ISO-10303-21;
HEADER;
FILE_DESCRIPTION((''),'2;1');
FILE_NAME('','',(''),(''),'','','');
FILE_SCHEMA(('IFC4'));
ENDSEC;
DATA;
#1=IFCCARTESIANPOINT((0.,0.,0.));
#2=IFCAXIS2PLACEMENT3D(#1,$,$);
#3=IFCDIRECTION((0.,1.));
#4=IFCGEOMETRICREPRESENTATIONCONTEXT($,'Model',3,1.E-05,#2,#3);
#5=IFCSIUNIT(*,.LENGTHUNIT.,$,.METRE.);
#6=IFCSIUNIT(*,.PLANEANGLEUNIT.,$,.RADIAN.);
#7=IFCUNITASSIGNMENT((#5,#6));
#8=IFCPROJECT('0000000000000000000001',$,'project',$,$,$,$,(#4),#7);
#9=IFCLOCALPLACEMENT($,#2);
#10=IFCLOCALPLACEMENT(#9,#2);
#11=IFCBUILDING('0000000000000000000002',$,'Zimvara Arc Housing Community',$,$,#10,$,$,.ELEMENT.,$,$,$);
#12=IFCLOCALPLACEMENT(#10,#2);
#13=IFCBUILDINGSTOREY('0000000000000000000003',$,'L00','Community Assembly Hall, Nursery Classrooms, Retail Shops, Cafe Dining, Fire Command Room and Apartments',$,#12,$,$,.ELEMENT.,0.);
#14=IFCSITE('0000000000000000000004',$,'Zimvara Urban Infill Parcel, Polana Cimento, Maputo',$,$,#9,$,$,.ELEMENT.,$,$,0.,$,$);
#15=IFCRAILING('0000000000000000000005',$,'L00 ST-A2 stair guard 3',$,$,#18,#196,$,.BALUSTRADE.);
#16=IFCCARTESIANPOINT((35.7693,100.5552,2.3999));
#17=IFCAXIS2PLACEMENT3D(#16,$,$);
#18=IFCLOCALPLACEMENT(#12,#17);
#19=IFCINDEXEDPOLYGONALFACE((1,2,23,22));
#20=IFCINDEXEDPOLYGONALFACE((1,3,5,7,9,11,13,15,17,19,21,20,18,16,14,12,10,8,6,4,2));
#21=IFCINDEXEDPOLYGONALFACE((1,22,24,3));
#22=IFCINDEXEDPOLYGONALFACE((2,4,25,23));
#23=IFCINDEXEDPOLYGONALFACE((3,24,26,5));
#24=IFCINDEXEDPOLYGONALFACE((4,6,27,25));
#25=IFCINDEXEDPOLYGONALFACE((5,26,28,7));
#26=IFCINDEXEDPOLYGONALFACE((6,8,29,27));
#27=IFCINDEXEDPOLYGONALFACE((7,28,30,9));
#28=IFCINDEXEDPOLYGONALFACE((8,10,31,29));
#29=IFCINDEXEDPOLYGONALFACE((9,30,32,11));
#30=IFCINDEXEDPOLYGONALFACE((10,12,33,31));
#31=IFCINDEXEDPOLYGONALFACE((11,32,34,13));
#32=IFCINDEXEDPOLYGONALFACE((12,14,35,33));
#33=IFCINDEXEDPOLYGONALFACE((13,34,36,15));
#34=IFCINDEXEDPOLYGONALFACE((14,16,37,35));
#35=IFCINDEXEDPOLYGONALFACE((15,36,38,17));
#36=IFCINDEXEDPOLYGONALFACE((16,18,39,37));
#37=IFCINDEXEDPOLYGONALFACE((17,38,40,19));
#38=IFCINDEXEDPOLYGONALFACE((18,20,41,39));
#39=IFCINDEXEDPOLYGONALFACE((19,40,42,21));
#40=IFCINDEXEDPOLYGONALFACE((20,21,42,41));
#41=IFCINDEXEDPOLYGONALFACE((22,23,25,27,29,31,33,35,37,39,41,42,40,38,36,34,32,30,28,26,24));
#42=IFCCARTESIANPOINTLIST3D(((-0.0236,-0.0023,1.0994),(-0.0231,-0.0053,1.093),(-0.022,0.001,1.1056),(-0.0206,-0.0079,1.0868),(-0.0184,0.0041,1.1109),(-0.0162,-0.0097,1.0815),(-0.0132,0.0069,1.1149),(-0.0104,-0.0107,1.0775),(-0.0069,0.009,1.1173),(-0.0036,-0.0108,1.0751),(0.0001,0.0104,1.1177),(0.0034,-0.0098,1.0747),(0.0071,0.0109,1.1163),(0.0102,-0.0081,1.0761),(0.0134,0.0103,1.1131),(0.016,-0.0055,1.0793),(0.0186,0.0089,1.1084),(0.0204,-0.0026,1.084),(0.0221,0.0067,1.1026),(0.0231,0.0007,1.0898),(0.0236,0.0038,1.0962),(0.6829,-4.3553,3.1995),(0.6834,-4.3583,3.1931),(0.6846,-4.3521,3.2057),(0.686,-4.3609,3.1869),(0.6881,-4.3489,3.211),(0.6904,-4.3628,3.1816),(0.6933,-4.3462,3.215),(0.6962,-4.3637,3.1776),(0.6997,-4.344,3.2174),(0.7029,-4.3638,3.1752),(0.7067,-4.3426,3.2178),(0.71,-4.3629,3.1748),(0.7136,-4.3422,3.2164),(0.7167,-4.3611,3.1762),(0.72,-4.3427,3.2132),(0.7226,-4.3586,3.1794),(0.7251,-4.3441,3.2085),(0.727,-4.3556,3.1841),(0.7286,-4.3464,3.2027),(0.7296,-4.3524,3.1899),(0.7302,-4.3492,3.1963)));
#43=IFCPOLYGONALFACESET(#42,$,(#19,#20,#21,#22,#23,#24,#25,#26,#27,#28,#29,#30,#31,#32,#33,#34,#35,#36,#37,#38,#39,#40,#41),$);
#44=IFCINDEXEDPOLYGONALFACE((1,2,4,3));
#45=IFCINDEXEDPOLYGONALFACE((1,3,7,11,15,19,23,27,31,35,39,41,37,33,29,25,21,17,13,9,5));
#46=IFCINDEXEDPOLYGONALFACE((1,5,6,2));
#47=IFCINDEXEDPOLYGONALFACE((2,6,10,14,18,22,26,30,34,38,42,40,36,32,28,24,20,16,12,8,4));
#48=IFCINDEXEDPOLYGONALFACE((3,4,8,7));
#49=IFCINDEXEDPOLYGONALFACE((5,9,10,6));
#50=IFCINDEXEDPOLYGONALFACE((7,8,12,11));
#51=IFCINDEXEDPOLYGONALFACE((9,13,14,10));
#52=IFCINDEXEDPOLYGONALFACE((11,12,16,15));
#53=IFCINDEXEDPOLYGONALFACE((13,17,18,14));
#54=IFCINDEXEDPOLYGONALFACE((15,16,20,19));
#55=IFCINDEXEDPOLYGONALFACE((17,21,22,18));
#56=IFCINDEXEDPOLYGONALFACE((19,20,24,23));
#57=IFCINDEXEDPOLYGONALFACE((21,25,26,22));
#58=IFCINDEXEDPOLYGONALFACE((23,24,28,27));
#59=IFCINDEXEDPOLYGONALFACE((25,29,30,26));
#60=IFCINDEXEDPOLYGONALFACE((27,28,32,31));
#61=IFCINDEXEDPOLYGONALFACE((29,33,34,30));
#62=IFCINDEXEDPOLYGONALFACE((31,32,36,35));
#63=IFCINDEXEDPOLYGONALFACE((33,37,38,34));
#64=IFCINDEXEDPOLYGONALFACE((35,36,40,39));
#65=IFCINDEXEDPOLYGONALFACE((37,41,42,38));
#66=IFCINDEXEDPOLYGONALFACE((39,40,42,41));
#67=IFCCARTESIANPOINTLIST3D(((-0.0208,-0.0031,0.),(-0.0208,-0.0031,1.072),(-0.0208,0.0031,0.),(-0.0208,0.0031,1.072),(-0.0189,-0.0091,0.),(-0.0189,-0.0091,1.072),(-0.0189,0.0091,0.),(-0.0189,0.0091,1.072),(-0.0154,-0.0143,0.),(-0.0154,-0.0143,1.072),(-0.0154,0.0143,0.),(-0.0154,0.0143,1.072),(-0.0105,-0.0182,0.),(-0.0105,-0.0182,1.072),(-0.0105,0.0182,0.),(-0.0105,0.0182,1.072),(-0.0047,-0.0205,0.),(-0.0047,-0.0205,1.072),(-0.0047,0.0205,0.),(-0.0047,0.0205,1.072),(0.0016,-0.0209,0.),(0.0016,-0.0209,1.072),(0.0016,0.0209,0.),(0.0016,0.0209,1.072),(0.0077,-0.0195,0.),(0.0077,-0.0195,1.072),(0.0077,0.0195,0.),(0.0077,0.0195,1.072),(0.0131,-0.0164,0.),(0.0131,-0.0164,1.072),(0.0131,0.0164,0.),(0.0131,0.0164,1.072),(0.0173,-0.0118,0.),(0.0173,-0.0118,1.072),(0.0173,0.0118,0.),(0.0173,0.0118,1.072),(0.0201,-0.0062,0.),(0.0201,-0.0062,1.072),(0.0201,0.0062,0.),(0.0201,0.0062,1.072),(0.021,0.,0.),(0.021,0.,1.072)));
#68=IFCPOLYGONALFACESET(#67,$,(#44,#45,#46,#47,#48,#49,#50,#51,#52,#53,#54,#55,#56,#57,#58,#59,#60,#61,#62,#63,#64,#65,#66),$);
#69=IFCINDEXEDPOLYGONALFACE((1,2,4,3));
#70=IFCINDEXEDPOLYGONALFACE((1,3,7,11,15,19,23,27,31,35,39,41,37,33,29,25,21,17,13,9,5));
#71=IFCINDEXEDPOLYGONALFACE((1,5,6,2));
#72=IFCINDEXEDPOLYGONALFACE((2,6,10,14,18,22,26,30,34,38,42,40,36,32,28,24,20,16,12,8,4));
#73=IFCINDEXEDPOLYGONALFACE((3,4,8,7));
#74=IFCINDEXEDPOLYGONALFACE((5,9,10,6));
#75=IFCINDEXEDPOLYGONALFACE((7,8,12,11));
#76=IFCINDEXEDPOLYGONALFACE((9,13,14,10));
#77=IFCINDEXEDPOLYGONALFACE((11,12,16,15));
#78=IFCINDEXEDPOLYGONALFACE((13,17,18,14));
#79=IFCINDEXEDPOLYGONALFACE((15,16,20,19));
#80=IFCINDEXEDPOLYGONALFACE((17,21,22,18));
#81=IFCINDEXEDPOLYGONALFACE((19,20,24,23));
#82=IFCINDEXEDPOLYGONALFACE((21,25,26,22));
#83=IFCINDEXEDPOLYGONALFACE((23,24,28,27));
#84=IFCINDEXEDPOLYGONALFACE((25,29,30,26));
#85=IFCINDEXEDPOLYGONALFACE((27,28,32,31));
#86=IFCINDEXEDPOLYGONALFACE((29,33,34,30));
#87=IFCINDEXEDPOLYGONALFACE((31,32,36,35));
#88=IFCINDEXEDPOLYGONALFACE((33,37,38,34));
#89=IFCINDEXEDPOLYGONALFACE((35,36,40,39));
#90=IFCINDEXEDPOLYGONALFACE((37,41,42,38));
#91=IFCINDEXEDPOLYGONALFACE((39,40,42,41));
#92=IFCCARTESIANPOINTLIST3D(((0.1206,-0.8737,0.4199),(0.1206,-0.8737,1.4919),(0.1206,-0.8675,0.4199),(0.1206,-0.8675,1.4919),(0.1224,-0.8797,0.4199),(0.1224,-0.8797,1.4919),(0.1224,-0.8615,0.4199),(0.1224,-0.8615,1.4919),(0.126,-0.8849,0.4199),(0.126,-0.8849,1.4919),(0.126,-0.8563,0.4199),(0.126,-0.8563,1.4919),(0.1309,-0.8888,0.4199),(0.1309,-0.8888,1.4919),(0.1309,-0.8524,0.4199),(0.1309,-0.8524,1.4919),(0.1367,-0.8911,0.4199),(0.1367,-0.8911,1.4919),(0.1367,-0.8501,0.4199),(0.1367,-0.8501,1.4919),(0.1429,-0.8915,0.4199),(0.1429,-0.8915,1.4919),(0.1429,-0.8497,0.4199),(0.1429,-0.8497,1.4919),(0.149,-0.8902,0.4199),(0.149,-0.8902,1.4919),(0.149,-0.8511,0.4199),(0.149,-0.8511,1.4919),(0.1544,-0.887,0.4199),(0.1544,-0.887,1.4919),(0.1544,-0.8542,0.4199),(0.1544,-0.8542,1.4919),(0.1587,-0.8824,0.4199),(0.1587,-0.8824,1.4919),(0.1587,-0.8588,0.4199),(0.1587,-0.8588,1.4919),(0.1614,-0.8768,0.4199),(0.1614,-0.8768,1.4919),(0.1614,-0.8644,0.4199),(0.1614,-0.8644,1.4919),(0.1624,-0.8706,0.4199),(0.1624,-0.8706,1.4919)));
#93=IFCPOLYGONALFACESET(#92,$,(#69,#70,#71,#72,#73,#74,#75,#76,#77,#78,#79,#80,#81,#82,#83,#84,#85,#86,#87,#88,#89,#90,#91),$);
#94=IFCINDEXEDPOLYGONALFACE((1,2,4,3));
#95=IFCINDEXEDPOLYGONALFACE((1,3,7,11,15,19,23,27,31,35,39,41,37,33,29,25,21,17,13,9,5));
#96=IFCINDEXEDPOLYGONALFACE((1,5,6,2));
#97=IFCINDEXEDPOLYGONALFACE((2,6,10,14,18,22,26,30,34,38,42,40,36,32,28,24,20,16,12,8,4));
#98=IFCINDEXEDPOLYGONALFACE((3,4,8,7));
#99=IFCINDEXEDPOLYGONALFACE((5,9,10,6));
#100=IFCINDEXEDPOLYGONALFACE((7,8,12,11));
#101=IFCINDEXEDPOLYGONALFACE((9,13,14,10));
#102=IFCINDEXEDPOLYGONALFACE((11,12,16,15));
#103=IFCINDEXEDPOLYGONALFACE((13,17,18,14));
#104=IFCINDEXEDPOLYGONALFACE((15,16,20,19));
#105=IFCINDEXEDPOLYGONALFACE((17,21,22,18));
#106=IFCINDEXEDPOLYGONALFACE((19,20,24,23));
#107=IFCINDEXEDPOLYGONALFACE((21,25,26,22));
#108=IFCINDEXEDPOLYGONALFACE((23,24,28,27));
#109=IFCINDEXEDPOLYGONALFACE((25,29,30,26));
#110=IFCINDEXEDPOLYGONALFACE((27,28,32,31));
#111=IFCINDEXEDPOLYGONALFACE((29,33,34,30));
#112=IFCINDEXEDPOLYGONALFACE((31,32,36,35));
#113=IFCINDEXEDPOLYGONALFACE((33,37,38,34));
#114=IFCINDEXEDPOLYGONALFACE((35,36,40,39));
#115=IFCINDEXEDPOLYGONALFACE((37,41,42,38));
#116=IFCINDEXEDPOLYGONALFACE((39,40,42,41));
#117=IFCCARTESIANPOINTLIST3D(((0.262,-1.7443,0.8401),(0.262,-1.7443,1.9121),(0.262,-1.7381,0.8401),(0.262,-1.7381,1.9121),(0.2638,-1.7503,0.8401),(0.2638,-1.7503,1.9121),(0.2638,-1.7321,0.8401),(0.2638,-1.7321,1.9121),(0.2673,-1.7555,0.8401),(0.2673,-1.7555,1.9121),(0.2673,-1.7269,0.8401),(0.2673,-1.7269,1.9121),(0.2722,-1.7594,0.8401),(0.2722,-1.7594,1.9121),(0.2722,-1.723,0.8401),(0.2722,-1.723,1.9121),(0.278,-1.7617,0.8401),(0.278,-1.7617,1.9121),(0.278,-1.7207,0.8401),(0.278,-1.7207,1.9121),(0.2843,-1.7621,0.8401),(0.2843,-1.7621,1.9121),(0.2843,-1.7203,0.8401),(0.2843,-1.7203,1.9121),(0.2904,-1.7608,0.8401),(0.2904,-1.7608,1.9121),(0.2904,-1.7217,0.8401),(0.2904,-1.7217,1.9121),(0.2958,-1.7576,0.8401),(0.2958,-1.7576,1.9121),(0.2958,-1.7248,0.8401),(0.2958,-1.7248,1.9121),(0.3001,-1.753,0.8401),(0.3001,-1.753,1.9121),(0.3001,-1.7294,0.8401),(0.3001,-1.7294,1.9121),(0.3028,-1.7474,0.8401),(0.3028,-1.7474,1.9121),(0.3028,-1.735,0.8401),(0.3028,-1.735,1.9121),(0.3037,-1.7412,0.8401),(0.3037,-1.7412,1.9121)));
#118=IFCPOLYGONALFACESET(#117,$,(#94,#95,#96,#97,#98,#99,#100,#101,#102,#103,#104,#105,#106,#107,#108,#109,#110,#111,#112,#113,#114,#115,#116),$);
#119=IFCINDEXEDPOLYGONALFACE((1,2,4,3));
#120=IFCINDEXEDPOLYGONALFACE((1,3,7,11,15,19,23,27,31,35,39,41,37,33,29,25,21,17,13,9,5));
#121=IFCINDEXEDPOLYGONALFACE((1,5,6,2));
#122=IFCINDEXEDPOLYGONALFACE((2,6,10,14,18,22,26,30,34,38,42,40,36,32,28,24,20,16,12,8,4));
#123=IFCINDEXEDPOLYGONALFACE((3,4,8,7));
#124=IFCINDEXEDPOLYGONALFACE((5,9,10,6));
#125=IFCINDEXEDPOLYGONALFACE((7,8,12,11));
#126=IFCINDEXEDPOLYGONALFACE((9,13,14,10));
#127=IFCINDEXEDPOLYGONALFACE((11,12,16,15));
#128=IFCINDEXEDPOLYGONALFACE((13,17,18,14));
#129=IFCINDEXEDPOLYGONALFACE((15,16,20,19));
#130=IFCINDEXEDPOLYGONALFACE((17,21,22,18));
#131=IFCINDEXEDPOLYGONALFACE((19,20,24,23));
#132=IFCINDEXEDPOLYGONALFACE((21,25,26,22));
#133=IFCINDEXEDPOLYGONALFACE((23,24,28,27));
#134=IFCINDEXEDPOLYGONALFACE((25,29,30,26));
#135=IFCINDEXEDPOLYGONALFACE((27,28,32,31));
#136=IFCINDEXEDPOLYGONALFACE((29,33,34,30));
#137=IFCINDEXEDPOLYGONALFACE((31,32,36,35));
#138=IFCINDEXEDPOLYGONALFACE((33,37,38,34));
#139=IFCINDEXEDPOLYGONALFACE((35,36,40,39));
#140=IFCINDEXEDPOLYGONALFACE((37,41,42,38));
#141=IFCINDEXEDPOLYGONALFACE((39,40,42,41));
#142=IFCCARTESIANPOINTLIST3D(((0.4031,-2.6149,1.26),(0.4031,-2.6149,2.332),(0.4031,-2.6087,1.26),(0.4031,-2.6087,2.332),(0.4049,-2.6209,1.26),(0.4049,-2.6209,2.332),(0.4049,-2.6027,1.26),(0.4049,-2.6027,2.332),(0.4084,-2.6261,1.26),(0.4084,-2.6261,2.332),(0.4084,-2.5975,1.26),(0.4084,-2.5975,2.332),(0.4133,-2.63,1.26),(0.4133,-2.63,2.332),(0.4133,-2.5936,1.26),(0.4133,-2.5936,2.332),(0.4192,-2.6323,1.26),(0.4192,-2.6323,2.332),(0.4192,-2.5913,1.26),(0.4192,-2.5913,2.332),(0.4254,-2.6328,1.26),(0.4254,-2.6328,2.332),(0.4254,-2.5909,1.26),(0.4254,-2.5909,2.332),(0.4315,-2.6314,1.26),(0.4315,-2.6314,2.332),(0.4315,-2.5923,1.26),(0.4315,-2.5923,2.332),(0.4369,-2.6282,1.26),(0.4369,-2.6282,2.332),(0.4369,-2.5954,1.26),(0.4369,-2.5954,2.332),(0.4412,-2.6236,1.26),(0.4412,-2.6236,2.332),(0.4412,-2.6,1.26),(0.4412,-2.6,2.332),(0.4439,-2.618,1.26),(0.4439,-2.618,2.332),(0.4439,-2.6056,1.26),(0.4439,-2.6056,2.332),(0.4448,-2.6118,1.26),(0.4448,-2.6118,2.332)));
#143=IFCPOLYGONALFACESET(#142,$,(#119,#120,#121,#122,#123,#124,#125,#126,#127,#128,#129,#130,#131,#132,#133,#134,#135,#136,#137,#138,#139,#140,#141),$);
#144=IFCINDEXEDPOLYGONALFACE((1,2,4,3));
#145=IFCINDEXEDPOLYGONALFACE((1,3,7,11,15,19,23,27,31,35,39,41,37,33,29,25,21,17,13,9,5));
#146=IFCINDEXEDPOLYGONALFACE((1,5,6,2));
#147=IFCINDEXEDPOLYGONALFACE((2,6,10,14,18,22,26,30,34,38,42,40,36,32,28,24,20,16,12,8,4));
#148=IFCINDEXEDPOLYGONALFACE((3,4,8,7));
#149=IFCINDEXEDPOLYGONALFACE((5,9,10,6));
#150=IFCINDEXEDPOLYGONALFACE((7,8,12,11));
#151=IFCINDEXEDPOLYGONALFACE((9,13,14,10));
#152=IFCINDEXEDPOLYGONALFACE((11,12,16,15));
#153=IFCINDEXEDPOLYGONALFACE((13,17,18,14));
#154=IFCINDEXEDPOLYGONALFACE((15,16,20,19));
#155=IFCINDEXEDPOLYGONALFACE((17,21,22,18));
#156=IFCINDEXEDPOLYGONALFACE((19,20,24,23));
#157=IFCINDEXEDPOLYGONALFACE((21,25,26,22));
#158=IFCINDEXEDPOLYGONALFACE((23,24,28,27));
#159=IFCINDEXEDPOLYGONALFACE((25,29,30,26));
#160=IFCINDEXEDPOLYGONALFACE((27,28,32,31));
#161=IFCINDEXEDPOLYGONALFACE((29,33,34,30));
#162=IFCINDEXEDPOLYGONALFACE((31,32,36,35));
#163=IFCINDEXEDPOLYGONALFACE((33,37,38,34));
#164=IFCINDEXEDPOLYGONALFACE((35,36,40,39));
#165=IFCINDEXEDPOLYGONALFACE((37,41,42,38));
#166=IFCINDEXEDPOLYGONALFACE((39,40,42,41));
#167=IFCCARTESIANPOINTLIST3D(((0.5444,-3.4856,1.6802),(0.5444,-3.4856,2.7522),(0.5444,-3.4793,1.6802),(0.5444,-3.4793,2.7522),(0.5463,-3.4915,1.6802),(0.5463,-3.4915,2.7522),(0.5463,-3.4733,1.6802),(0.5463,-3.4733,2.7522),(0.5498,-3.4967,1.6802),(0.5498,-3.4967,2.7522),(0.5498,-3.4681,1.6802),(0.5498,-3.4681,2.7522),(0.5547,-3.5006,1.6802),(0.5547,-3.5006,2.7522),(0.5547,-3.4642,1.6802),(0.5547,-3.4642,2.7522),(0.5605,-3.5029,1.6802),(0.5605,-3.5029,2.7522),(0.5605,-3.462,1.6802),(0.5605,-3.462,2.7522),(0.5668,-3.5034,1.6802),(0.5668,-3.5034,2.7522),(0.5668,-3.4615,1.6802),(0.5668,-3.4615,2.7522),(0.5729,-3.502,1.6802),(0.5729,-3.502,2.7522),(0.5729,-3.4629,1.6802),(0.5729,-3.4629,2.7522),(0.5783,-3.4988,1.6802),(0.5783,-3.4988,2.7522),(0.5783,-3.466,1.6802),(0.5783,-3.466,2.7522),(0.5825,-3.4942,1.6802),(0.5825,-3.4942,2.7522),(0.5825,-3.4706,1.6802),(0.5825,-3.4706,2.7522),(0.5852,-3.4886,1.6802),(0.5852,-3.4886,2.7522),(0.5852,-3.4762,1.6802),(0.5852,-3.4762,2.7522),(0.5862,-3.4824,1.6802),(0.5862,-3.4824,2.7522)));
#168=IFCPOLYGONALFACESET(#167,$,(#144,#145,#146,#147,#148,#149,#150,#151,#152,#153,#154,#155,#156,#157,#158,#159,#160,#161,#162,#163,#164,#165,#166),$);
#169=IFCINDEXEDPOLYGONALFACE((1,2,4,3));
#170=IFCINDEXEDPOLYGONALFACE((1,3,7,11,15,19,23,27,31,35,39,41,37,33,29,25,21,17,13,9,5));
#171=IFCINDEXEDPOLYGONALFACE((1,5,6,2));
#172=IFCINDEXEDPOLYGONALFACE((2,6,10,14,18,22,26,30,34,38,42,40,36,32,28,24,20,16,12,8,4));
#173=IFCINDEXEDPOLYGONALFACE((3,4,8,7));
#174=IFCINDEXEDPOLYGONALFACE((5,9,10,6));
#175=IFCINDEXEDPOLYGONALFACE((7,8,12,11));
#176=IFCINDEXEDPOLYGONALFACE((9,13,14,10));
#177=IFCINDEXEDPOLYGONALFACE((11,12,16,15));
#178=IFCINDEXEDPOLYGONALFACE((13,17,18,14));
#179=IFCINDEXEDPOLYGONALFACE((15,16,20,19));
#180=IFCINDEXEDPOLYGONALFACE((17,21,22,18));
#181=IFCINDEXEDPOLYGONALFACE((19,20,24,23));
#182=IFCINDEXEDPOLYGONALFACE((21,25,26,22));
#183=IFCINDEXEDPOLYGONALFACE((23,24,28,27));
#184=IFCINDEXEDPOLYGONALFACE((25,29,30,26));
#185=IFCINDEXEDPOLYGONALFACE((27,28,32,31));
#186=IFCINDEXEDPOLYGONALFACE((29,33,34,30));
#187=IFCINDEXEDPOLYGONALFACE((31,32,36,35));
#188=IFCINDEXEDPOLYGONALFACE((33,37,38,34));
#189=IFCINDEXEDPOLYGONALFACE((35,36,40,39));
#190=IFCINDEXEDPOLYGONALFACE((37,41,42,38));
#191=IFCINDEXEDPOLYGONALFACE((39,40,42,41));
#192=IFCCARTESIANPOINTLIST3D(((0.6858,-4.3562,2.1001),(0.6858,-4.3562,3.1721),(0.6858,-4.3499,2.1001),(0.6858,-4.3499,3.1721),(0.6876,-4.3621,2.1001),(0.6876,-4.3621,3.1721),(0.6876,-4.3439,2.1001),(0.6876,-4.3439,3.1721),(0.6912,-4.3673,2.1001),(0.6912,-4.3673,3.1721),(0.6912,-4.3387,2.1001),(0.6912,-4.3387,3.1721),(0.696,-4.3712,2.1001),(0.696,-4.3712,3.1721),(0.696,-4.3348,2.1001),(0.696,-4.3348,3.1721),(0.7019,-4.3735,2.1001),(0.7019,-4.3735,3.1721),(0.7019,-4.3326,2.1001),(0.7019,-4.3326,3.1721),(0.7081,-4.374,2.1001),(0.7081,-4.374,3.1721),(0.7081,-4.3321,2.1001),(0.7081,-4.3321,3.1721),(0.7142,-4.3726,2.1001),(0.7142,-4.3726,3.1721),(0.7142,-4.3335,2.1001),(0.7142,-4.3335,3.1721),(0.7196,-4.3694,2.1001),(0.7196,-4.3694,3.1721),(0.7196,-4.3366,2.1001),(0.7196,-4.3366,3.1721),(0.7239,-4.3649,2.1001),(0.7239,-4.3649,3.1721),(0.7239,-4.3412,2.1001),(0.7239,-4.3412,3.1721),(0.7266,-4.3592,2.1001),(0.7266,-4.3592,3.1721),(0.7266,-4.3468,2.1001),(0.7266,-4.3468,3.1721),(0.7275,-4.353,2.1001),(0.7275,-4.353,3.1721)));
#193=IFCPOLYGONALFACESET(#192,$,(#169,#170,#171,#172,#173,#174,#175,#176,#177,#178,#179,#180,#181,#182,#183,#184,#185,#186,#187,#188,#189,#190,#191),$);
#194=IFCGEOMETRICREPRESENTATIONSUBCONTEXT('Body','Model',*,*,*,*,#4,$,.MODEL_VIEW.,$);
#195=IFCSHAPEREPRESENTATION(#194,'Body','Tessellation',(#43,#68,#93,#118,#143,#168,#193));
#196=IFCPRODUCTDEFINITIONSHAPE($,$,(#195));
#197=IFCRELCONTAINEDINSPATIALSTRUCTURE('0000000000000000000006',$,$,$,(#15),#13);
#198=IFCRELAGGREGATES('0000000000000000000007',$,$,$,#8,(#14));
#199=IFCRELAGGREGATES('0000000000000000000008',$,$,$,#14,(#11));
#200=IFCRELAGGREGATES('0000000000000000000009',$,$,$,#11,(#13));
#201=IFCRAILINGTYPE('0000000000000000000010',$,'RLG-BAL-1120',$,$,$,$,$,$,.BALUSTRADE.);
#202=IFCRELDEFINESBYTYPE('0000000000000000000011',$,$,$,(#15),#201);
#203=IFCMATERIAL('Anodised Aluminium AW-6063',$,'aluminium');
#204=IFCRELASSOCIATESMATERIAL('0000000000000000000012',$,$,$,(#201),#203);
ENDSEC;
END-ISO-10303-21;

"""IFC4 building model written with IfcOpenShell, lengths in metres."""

from ifc_helpers import new_model, si_unit, direction, frame, origin, origin_2d, place, context, subcontext, project, spatial, circle, extrude, material, type_object, element, save


model = new_model("IFC4")

# Units and contexts
model_context = context("Model", 3, precision=1e-05, world=origin(), true_north=direction((0.0, 1.0)))
body_context = subcontext(model_context, "Body", "Model", "MODEL_VIEW")
ifc_project = project(units=[si_unit("LENGTHUNIT", "METRE"), si_unit("PLANEANGLEUNIT", "RADIAN")], contexts=[model_context])

# Site, building, storey
site_placement = place(None, origin())
site = spatial("IfcSite", under=ifc_project, at=site_placement, Name="Zimvara Urban Infill Parcel, Polana Cimento, Maputo", CompositionType="ELEMENT", RefElevation=0.0)
building_placement = place(site_placement, origin())
building = spatial("IfcBuilding", under=site, at=building_placement, Name="Zimvara Arc Housing Community", CompositionType="ELEMENT")
storey_placement = place(building_placement, origin())
storey = spatial("IfcBuildingStorey", under=building, at=storey_placement, Name="L00", Description="Community Assembly Hall, Nursery Classrooms, Retail Shops, Cafe Dining, Fire Command Room and Apartments", CompositionType="ELEMENT", Elevation=0.0)

# Railing
ifc_material_1 = material(Name="Anodised Aluminium AW-6063", Category="aluminium")
railing_type_1 = type_object("IfcRailingType", Name="RLG-BAL-1120", PredefinedType="BALUSTRADE", material=ifc_material_1)
railing_1_placement = place(storey_placement, frame((35.7693, 100.5552, 2.3999)))
element("IfcRailing", 1, at=railing_1_placement, inside=storey, type_object=railing_type_1, Name="L00 ST-A2 stair guard 3", PredefinedType="BALUSTRADE", context=body_context, shape_type="SweptSolid", body=[
    extrude(circle(Radius=0.0239, at=origin_2d()), frame((0.0, 0.0, 1.0962), z_axis=(0.14465, -0.89119, 0.42995), x_axis=(0.987082, 0.160214, 0.0)), (0.0, 0.0, 1.0), 4.8845),
    extrude(circle(Radius=0.021, at=origin_2d()), origin(), (0.0, 0.0, 1.0), 1.072),
    extrude(circle(Radius=0.021, at=origin_2d()), frame((0.1414, -0.8706, 0.4199)), (0.0, 0.0, 1.0), 1.072),
    extrude(circle(Radius=0.021, at=origin_2d()), frame((0.2827, -1.7412, 0.8401)), (0.0, 0.0, 1.0), 1.072),
    extrude(circle(Radius=0.021, at=origin_2d()), frame((0.4238, -2.6118, 1.26)), (0.0, 0.0, 1.0), 1.072),
    extrude(circle(Radius=0.021, at=origin_2d()), frame((0.5652, -3.4824, 1.6802)), (0.0, 0.0, 1.0), 1.072),
    extrude(circle(Radius=0.021, at=origin_2d()), frame((0.7065, -4.353, 2.1001)), (0.0, 0.0, 1.0), 1.072),
])

save(model, "model.ifc")
